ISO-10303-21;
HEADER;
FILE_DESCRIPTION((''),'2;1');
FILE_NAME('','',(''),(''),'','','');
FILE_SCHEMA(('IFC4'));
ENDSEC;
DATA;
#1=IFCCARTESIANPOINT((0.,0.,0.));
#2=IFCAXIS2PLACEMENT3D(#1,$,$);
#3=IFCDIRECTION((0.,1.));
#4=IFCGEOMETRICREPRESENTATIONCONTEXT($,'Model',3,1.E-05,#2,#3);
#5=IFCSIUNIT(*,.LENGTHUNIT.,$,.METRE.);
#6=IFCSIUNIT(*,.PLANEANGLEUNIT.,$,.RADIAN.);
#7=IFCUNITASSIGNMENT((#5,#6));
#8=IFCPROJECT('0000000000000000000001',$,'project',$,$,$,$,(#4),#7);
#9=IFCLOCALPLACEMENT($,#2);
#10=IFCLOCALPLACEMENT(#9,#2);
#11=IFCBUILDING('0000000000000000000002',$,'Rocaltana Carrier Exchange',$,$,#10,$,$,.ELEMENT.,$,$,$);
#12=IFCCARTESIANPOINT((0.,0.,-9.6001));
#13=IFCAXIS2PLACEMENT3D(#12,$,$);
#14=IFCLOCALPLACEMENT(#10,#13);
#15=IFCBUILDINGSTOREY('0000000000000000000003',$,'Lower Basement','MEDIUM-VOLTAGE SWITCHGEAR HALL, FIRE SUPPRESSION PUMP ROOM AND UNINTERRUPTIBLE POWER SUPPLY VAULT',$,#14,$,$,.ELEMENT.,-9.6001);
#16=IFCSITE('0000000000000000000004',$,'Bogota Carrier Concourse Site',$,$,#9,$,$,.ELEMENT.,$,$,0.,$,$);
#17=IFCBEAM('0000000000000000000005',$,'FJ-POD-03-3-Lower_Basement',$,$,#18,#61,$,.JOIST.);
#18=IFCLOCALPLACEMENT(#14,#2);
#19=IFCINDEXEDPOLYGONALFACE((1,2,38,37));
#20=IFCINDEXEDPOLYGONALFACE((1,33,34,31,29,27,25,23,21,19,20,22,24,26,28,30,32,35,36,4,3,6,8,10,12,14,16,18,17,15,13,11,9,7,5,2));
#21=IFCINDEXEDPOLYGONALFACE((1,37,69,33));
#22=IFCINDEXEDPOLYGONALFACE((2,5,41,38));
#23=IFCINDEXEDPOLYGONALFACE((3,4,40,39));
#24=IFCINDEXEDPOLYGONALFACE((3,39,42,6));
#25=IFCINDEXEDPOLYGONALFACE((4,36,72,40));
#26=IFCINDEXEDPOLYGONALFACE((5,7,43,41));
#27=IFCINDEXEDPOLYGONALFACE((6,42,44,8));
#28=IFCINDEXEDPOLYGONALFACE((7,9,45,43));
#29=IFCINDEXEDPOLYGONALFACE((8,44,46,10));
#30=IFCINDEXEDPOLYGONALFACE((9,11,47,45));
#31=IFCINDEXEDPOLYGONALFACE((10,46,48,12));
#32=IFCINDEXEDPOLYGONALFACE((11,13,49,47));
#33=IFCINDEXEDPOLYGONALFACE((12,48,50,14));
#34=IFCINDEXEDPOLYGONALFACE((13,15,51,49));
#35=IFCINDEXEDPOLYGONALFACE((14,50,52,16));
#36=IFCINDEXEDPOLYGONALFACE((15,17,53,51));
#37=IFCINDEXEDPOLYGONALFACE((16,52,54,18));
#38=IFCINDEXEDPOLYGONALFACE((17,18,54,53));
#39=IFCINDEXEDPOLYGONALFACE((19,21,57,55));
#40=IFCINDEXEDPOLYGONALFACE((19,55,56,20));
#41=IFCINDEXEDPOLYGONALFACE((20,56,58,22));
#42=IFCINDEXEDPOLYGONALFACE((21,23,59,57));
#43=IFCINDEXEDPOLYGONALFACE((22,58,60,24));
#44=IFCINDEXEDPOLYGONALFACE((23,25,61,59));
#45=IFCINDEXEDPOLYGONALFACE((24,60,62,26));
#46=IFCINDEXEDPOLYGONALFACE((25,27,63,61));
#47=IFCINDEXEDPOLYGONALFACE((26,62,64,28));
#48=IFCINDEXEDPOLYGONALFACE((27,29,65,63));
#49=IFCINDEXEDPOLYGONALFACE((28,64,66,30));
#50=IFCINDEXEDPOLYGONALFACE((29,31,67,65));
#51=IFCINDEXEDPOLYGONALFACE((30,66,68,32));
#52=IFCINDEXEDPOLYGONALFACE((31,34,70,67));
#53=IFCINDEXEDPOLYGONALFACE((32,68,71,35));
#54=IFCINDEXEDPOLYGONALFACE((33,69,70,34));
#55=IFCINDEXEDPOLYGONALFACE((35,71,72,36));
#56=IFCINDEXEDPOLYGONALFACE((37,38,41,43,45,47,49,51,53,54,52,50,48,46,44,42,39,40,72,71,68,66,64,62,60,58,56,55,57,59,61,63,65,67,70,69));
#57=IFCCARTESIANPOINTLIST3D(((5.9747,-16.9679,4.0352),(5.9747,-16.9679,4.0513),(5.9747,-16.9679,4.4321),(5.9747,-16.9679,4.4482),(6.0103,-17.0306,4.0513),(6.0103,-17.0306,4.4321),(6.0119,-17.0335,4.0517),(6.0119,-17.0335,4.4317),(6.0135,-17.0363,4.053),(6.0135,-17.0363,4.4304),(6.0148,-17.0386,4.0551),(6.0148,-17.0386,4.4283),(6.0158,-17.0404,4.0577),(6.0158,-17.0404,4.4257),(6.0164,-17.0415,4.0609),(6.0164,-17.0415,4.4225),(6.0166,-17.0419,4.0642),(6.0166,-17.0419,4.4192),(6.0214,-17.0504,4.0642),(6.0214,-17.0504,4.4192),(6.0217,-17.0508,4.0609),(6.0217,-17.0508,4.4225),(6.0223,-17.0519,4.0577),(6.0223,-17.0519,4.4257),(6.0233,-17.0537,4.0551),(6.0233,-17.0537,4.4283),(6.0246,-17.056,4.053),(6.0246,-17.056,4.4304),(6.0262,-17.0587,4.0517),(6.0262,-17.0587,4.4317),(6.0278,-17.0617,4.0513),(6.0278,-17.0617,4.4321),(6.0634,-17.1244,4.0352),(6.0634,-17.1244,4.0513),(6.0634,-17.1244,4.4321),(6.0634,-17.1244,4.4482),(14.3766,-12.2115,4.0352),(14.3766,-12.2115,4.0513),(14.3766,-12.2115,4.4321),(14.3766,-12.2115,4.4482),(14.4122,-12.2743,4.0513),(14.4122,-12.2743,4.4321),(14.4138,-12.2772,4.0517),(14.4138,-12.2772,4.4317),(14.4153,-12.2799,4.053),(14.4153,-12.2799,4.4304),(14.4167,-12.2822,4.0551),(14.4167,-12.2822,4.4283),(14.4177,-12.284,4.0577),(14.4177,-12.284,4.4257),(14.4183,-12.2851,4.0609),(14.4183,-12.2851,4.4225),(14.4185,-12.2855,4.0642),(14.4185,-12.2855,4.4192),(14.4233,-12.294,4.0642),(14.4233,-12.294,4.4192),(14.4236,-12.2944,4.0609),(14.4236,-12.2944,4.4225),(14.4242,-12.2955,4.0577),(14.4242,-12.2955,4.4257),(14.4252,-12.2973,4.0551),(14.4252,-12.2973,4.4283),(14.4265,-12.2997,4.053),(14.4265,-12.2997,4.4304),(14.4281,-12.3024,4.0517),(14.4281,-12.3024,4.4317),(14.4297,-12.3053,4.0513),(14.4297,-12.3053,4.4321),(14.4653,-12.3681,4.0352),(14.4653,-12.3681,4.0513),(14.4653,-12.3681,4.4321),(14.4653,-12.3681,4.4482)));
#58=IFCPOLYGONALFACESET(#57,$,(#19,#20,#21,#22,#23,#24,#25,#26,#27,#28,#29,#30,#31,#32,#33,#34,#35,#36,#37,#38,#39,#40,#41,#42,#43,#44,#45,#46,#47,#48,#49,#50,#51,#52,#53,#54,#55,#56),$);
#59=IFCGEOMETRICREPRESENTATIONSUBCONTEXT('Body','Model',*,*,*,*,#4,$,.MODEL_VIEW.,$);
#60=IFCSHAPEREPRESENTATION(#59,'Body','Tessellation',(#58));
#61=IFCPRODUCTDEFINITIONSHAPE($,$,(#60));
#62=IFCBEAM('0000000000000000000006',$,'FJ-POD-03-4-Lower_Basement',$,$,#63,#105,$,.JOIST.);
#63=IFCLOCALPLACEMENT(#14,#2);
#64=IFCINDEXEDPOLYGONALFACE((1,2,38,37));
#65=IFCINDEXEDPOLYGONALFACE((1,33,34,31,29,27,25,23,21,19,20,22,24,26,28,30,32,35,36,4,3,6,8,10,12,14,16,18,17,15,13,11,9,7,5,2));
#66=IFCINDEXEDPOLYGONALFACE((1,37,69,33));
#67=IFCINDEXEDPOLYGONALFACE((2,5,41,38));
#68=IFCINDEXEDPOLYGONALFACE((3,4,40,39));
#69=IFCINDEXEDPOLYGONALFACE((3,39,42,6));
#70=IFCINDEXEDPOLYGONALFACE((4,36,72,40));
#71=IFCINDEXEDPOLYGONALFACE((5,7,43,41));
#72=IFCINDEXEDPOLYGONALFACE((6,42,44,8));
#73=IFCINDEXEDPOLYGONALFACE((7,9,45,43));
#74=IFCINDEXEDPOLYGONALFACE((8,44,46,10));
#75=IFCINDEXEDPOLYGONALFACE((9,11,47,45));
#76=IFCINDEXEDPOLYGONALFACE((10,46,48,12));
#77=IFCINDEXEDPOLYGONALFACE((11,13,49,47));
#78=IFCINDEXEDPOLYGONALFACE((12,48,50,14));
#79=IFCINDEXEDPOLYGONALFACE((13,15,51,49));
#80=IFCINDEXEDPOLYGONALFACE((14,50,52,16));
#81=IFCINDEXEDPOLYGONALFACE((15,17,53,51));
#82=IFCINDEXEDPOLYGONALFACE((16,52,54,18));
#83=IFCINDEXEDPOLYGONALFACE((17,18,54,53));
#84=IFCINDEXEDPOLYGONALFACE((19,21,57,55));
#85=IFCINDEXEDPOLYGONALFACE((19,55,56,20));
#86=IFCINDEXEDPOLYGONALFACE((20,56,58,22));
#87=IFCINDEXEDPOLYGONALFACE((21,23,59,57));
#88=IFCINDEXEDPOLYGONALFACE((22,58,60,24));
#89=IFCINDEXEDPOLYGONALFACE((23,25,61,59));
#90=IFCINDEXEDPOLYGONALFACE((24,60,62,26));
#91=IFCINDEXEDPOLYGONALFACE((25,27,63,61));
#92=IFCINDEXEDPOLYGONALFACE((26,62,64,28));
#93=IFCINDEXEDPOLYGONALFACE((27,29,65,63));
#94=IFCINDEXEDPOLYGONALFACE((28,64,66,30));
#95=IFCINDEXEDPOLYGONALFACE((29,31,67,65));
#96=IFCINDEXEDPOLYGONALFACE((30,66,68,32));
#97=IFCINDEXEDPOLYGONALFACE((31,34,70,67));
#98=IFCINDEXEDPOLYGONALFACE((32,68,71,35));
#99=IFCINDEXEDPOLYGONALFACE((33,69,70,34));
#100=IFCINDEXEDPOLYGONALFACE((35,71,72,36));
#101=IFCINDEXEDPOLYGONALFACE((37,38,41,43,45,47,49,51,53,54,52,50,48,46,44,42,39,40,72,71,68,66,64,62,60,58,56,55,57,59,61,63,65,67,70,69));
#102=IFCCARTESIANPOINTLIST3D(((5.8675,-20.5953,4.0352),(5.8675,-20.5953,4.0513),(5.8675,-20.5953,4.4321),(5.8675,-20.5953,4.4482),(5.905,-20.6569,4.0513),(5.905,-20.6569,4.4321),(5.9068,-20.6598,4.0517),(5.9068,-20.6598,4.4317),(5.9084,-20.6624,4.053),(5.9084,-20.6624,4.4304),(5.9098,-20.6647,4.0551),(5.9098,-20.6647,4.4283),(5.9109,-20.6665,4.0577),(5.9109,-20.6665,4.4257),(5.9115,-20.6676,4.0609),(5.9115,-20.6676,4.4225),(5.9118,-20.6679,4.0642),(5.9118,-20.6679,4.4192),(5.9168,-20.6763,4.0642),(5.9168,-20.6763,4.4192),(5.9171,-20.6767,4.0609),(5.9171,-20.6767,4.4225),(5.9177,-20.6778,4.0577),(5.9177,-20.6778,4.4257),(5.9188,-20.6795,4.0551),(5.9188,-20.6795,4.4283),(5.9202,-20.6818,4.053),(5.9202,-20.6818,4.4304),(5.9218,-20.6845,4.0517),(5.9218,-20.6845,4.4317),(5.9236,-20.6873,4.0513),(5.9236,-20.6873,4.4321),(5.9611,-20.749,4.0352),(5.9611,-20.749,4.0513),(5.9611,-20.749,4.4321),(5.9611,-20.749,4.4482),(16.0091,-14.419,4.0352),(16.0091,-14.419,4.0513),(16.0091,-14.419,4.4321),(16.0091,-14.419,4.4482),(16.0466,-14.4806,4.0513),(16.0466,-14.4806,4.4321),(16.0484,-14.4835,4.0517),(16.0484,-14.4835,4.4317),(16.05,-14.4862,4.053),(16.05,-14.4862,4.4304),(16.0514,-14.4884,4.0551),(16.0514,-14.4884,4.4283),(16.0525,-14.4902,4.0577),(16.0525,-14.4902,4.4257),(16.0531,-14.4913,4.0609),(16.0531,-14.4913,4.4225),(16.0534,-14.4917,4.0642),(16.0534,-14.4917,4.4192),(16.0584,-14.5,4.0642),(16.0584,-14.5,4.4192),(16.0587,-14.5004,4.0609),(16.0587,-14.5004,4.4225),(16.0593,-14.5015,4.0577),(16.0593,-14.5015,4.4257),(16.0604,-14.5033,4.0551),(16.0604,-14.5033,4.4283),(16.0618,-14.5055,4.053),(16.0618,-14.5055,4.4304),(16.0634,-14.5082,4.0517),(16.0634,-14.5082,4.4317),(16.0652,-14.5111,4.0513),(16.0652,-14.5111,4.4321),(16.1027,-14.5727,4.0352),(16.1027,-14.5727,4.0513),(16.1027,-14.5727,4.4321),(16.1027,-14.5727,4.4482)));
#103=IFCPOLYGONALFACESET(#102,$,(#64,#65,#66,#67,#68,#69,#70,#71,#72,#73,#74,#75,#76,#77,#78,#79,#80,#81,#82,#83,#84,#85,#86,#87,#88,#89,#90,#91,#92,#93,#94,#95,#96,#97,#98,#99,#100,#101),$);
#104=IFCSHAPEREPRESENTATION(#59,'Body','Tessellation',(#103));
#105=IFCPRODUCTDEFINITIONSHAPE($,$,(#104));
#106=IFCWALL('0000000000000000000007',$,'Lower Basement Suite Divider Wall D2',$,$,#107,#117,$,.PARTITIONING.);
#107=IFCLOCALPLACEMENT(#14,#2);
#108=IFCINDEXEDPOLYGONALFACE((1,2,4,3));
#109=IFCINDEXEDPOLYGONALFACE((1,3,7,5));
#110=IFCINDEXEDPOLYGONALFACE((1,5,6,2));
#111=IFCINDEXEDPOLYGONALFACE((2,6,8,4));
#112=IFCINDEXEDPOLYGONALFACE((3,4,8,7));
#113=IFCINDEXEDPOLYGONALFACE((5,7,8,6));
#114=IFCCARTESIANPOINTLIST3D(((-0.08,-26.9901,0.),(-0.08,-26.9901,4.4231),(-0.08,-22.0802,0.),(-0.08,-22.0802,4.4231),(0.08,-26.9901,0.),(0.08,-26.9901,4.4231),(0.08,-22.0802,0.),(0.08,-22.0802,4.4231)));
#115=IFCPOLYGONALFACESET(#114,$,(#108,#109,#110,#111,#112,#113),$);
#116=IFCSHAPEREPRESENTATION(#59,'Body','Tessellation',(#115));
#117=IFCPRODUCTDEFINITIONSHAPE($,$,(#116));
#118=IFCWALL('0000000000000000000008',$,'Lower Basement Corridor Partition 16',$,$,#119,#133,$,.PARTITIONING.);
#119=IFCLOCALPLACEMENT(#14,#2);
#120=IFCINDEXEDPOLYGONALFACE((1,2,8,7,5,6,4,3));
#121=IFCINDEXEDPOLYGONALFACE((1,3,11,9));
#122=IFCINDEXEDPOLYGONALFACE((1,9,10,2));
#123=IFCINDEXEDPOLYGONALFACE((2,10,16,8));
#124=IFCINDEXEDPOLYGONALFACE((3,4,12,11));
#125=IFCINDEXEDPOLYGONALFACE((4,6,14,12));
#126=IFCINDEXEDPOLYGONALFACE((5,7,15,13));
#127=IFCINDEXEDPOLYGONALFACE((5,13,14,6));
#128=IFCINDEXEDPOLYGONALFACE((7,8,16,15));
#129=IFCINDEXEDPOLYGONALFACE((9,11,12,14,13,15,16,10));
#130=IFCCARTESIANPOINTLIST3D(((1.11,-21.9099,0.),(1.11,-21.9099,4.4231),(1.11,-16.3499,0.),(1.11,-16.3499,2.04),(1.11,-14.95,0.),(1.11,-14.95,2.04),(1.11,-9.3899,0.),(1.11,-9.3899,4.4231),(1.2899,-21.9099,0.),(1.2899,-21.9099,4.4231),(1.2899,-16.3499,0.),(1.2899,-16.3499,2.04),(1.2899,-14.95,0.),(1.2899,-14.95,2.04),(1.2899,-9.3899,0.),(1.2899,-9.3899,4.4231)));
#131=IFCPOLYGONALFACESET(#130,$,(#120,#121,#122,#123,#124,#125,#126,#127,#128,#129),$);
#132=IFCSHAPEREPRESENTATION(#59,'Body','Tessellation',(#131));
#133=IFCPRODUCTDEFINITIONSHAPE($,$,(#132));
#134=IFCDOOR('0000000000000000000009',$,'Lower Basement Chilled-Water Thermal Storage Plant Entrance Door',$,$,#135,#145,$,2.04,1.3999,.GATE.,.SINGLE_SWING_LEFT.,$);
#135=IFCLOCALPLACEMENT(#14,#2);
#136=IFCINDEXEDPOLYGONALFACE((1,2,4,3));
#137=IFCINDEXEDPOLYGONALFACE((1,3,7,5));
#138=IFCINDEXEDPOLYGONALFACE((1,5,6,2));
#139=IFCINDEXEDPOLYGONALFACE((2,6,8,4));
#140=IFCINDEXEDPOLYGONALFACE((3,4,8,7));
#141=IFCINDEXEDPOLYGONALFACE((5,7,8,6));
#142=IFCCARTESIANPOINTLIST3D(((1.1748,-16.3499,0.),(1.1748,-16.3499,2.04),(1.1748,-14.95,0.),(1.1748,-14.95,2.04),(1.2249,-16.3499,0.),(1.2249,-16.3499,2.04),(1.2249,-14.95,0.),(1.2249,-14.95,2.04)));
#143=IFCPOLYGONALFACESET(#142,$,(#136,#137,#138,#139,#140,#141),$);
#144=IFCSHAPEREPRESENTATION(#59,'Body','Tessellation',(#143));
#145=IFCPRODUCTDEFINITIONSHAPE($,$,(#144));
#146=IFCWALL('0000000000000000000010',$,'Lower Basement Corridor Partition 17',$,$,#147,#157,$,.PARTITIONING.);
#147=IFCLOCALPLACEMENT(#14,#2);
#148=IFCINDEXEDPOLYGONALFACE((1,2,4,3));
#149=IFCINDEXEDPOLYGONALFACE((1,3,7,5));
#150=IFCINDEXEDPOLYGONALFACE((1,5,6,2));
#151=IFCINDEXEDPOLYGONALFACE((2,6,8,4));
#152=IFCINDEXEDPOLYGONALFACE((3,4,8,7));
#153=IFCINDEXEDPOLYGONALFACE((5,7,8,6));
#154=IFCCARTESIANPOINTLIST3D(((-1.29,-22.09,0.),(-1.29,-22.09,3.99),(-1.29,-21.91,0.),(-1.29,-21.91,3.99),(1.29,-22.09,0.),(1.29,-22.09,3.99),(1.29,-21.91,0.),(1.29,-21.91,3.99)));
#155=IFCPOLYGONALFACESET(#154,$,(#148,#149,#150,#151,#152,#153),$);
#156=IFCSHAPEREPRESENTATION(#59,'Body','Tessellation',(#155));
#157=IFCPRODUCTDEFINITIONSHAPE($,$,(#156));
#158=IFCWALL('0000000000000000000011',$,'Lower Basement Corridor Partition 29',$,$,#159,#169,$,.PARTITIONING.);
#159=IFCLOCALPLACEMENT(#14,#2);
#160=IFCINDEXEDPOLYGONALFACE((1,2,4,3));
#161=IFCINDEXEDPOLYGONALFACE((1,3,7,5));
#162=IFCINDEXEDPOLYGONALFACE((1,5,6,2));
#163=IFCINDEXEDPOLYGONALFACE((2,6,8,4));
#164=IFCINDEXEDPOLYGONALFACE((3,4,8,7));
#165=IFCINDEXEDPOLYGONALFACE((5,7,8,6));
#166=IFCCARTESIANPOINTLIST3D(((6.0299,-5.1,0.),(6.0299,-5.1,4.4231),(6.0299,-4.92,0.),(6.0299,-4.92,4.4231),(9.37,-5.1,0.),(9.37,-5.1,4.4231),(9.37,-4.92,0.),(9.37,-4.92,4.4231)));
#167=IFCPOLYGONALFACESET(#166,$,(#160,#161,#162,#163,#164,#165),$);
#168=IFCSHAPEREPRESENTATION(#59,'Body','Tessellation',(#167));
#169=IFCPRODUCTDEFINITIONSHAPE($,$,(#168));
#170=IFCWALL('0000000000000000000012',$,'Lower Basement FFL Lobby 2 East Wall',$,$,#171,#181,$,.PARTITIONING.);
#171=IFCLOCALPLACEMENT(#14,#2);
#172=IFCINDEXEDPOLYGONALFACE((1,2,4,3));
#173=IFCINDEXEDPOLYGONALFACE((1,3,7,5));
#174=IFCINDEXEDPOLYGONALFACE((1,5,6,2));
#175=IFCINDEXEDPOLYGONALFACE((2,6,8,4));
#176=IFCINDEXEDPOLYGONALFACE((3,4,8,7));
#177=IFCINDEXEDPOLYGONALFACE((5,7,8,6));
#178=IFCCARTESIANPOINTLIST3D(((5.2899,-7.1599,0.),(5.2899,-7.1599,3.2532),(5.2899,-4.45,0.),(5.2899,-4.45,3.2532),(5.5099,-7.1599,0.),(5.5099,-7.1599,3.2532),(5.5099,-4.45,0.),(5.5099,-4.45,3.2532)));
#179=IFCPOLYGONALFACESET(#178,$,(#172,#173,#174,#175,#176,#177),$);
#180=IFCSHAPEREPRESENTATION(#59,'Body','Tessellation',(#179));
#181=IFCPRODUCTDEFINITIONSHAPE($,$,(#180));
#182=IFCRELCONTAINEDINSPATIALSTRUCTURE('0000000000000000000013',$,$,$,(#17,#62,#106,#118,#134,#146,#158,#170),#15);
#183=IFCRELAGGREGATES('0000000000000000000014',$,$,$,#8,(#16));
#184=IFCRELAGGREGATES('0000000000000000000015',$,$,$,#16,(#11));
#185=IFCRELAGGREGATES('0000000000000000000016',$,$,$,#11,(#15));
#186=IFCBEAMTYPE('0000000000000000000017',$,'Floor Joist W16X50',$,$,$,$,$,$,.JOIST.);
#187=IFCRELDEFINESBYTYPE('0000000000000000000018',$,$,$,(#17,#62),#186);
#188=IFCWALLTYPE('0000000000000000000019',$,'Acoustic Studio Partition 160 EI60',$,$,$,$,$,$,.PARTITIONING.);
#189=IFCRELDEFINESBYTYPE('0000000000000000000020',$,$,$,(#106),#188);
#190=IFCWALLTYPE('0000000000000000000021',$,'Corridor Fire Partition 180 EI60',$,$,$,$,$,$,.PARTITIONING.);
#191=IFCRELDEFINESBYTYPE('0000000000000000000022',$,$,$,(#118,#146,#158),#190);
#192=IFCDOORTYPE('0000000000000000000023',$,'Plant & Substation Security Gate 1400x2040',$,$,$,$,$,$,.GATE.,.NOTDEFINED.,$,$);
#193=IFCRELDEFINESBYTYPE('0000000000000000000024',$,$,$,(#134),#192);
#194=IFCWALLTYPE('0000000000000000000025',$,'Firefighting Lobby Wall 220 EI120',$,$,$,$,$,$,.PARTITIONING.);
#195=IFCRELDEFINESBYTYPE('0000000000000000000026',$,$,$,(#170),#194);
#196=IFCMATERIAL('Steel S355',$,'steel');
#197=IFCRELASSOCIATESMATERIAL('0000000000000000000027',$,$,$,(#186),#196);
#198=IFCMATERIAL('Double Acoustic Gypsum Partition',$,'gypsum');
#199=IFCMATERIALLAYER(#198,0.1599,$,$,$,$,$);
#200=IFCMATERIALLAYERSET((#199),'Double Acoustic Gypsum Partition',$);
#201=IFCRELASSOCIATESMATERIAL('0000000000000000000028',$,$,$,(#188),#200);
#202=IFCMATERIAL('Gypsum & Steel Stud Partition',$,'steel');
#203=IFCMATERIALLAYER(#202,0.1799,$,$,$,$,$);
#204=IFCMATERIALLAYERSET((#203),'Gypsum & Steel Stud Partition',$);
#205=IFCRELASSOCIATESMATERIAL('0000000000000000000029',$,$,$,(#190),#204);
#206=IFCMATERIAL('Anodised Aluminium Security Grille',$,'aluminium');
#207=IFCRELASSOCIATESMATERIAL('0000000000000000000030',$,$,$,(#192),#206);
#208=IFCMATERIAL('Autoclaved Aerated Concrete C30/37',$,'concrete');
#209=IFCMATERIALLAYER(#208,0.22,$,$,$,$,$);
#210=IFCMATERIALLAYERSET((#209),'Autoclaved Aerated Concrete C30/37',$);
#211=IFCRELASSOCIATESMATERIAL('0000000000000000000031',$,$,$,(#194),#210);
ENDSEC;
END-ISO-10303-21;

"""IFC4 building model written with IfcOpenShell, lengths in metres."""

from ifc_helpers import new_model, si_unit, direction, frame, frame_2d, origin, origin_2d, place, context, subcontext, project, spatial, rectangle, i_section, extrude, material, layer, layer_set, material_profile, profile_set, type_object, element, fill, save


model = new_model("IFC4")

# Units and contexts
model_context = context("Model", 3, precision=1e-05, world=origin(), true_north=direction((0.0, 1.0)))
body_context = subcontext(model_context, "Body", "Model", "MODEL_VIEW")
ifc_project = project(units=[si_unit("LENGTHUNIT", "METRE"), si_unit("PLANEANGLEUNIT", "RADIAN")], contexts=[model_context])

# Site, building, storey
site_placement = place(None, origin())
site = spatial("IfcSite", under=ifc_project, at=site_placement, Name="Bogota Carrier Concourse Site", CompositionType="ELEMENT", RefElevation=0.0)
building_placement = place(site_placement, origin())
building = spatial("IfcBuilding", under=site, at=building_placement, Name="Rocaltana Carrier Exchange", CompositionType="ELEMENT")
storey_placement = place(building_placement, frame((0.0, 0.0, -9.6001)))
storey = spatial("IfcBuildingStorey", under=building, at=storey_placement, Name="Lower Basement", Description="MEDIUM-VOLTAGE SWITCHGEAR HALL, FIRE SUPPRESSION PUMP ROOM AND UNINTERRUPTIBLE POWER SUPPLY VAULT", CompositionType="ELEMENT", Elevation=-9.6001)

# Beams
ifc_material_1 = material(Name="Steel S355", Category="steel")
ifc_material_profile_1 = material_profile(ifc_material_1, i_section(OverallWidth=0.1799, OverallDepth=0.4131, WebThickness=0.0098, FlangeThickness=0.0161, FilletRadius=0.0129, at=origin_2d()), Name="W16X50")
ifc_profile_set_1 = profile_set([ifc_material_profile_1], Name="Steel S355")
beam_type_1 = type_object("IfcBeamType", Name="Floor Joist W16X50", PredefinedType="JOIST", material=ifc_profile_set_1)
beam_1_placement = place(storey_placement, frame((6.019, -17.0461, 4.2417), z_axis=(0.870231, 0.492644, 0.0), x_axis=(-0.492644, 0.870231, 0.0)))
element("IfcBeam", 1, at=beam_1_placement, inside=storey, type_object=beam_type_1, Name="FJ-POD-03-3-Lower_Basement", PredefinedType="JOIST", context=body_context, shape_type="SweptSolid", body=[
    extrude(i_section(OverallWidth=0.1799, OverallDepth=0.4131, WebThickness=0.0098, FlangeThickness=0.0161, FilletRadius=0.0129, at=origin_2d()), origin(), (0.0, 0.0, 1.0), 9.6548),
])
beam_2_placement = place(storey_placement, frame((5.9143, -20.6721, 4.2417), z_axis=(0.854082, 0.520139, 0.0), x_axis=(-0.520139, 0.854082, 0.0)))
element("IfcBeam", 2, at=beam_2_placement, inside=storey, type_object=beam_type_1, Name="FJ-POD-03-4-Lower_Basement", PredefinedType="JOIST", context=body_context, shape_type="SweptSolid", body=[
    extrude(i_section(OverallWidth=0.1799, OverallDepth=0.4131, WebThickness=0.0098, FlangeThickness=0.0161, FilletRadius=0.0129, at=origin_2d()), origin(), (0.0, 0.0, 1.0), 11.8743),
])

# Wall
ifc_material_2 = material(Name="Double Acoustic Gypsum Partition", Category="gypsum")
ifc_layer_1 = layer(ifc_material_2, 0.1599)
ifc_layer_set_1 = layer_set([ifc_layer_1], Name="Double Acoustic Gypsum Partition")
wall_type_1 = type_object("IfcWallType", Name="Acoustic Studio Partition 160 EI60", PredefinedType="PARTITIONING", material=ifc_layer_set_1)
wall_1_placement = place(storey_placement, frame((0.0, -22.0801, 0.0), z_axis=(0.0, 0.0, 1.0), x_axis=(0.0, -1.0, 0.0)))
element("IfcWall", 3, at=wall_1_placement, inside=storey, type_object=wall_type_1, Name="Lower Basement Suite Divider Wall D2", PredefinedType="PARTITIONING", context=body_context, shape_type="SweptSolid", body=[
    extrude(rectangle(XDim=4.9099, YDim=0.1599, at=frame_2d((2.4551, 0.0))), origin(), (0.0, 0.0, 1.0), 4.4231),
])

# Wall, opening, door
ifc_material_3 = material(Name="Gypsum & Steel Stud Partition", Category="steel")
ifc_layer_2 = layer(ifc_material_3, 0.1799)
ifc_layer_set_2 = layer_set([ifc_layer_2], Name="Gypsum & Steel Stud Partition")
wall_type_2 = type_object("IfcWallType", Name="Corridor Fire Partition 180 EI60", PredefinedType="PARTITIONING", material=ifc_layer_set_2)
wall_2_placement = place(storey_placement, frame((1.2, -9.3899, 0.0), z_axis=(0.0, 0.0, 1.0), x_axis=(0.0, -1.0, 0.0)))
wall_2 = element("IfcWall", 4, at=wall_2_placement, inside=storey, type_object=wall_type_2, Name="Lower Basement Corridor Partition 16", PredefinedType="PARTITIONING", context=body_context, shape_type="SweptSolid", body=[
    extrude(rectangle(XDim=12.52, YDim=0.1799, at=frame_2d((6.26, 0.0))), origin(), (0.0, 0.0, 1.0), 4.4231),
])
opening_1_placement = place(wall_2_placement, frame((5.5601, 0.0, 0.0)))
opening_1 = element("IfcOpeningElement", 5, at=opening_1_placement, cuts=wall_2, PredefinedType="OPENING", context=body_context, shape_type="SweptSolid", body=[
    extrude(rectangle(XDim=1.3999, YDim=2.04, at=frame_2d((0.7, 1.02))), frame((0.0, 0.0999, 0.0), z_axis=(0.0, -1.0, 0.0), x_axis=(1.0, 0.0, 0.0)), (0.0, 0.0, 1.0), 0.2),
])
ifc_material_4 = material(Name="Anodised Aluminium Security Grille", Category="aluminium")
door_type_1 = type_object("IfcDoorType", Name="Plant & Substation Security Gate 1400x2040", OperationType="NOTDEFINED", PredefinedType="GATE", material=ifc_material_4)
door_1_placement = place(opening_1_placement, origin())
door_1 = element("IfcDoor", 6, at=door_1_placement, inside=storey, type_object=door_type_1, Name="Lower Basement Chilled-Water Thermal Storage Plant Entrance Door", OperationType="SINGLE_SWING_LEFT", OverallHeight=2.04, OverallWidth=1.3999, PredefinedType="GATE", context=body_context, shape_type="SweptSolid", body=[
    extrude(rectangle(XDim=1.3999, YDim=2.04, at=frame_2d((0.7, 1.02))), frame((0.0, 0.0249, 0.0), z_axis=(0.0, -1.0, 0.0), x_axis=(1.0, 0.0, 0.0)), (0.0, 0.0, 1.0), 0.05),
])
fill(opening_1, door_1)

# Walls
wall_3_placement = place(storey_placement, frame((1.29, -22.0, 0.0), z_axis=(0.0, 0.0, 1.0), x_axis=(-1.0, 0.0, 0.0)))
element("IfcWall", 7, at=wall_3_placement, inside=storey, type_object=wall_type_2, Name="Lower Basement Corridor Partition 17", PredefinedType="PARTITIONING", context=body_context, shape_type="SweptSolid", body=[
    extrude(rectangle(XDim=2.5801, YDim=0.1799, at=frame_2d((1.29, 0.0))), origin(), (0.0, 0.0, 1.0), 3.99),
])
wall_4_placement = place(storey_placement, frame((6.03, -5.01, 0.0), z_axis=(0.0, 0.0, 1.0), x_axis=(1.0, 0.0, 0.0)))
element("IfcWall", 8, at=wall_4_placement, inside=storey, type_object=wall_type_2, Name="Lower Basement Corridor Partition 29", PredefinedType="PARTITIONING", context=body_context, shape_type="SweptSolid", body=[
    extrude(rectangle(XDim=3.3401, YDim=0.1799, at=frame_2d((1.6699, 0.0))), origin(), (0.0, 0.0, 1.0), 4.4231),
])
ifc_material_5 = material(Name="Autoclaved Aerated Concrete C30/37", Category="concrete")
ifc_layer_3 = layer(ifc_material_5, 0.22)
ifc_layer_set_3 = layer_set([ifc_layer_3], Name="Autoclaved Aerated Concrete C30/37")
wall_type_3 = type_object("IfcWallType", Name="Firefighting Lobby Wall 220 EI120", PredefinedType="PARTITIONING", material=ifc_layer_set_3)
wall_5_placement = place(storey_placement, frame((5.3999, -7.1599, 0.0), z_axis=(0.0, 0.0, 1.0), x_axis=(0.0, 1.0, 0.0)))
element("IfcWall", 9, at=wall_5_placement, inside=storey, type_object=wall_type_3, Name="Lower Basement FFL Lobby 2 East Wall", PredefinedType="PARTITIONING", context=body_context, shape_type="SweptSolid", body=[
    extrude(rectangle(XDim=2.71, YDim=0.22, at=frame_2d((1.355, 0.0))), origin(), (0.0, 0.0, 1.0), 3.2532),
])

save(model, "model.ifc")
